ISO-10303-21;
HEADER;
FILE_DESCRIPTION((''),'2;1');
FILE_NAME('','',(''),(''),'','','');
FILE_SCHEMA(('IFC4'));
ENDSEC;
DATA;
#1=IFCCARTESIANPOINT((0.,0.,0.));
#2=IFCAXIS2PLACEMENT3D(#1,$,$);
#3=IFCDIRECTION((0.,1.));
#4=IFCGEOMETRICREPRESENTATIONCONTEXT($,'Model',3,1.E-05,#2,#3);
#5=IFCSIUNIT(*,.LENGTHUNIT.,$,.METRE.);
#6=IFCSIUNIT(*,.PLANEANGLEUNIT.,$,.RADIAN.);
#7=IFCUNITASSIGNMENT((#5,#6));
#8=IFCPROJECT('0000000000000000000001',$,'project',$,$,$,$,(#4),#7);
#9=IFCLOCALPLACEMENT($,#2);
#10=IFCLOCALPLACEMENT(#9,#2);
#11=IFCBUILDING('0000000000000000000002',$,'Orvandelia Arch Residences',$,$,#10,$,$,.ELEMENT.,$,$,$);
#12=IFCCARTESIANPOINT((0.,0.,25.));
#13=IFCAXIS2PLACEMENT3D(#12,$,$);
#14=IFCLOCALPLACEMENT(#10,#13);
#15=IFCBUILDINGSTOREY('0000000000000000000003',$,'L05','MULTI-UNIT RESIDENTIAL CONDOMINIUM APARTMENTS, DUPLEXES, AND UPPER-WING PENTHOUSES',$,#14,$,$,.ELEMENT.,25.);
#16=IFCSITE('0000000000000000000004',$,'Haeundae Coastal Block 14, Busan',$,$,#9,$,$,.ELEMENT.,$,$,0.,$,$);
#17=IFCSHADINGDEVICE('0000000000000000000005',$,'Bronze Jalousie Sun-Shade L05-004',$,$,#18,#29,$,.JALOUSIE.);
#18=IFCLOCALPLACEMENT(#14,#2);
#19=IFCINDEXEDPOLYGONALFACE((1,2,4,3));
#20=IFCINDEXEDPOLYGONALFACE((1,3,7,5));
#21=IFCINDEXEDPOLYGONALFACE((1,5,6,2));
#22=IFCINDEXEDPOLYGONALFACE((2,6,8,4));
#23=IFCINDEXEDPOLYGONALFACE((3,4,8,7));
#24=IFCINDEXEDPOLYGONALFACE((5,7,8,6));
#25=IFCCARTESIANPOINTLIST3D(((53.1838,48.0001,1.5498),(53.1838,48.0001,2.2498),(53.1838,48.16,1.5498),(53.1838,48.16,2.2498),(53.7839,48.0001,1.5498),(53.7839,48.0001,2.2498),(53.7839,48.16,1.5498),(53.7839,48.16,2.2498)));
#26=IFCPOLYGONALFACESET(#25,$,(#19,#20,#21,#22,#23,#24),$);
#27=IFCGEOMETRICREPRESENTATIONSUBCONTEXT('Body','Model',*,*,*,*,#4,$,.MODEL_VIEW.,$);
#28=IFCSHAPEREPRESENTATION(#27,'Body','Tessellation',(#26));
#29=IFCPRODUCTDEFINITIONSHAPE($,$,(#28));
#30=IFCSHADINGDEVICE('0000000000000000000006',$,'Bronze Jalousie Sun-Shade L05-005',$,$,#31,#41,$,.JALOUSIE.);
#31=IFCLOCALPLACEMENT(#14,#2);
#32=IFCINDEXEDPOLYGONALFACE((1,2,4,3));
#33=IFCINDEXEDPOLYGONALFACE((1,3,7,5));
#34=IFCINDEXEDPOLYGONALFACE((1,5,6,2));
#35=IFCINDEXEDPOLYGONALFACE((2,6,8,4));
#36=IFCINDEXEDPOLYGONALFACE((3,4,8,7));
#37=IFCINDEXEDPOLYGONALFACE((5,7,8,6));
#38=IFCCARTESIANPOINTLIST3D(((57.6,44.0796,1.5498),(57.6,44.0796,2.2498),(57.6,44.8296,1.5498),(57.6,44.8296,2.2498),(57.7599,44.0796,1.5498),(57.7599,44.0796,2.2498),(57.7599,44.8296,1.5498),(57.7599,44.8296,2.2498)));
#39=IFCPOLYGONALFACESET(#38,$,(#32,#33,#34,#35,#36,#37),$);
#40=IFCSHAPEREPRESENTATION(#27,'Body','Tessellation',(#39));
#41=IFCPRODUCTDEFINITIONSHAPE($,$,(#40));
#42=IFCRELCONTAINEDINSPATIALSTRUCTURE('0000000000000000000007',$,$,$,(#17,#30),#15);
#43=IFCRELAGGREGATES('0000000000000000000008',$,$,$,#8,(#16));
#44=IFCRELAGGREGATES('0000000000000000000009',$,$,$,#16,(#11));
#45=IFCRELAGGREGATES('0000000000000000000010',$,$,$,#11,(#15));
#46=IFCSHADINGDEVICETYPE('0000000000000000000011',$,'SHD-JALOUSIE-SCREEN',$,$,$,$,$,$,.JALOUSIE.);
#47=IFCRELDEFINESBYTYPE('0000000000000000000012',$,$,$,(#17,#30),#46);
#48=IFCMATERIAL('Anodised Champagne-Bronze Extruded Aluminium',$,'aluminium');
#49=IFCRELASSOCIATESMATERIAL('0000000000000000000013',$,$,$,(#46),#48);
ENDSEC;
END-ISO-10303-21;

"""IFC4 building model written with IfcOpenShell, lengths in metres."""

from ifc_helpers import new_model, si_unit, direction, frame, origin, origin_2d, place, context, subcontext, project, spatial, rectangle, extrude, material, type_object, element, save


model = new_model("IFC4")

# Units and contexts
model_context = context("Model", 3, precision=1e-05, world=origin(), true_north=direction((0.0, 1.0)))
body_context = subcontext(model_context, "Body", "Model", "MODEL_VIEW")
ifc_project = project(units=[si_unit("LENGTHUNIT", "METRE"), si_unit("PLANEANGLEUNIT", "RADIAN")], contexts=[model_context])

# Site, building, storey
site_placement = place(None, origin())
site = spatial("IfcSite", under=ifc_project, at=site_placement, Name="Haeundae Coastal Block 14, Busan", CompositionType="ELEMENT", RefElevation=0.0)
building_placement = place(site_placement, origin())
building = spatial("IfcBuilding", under=site, at=building_placement, Name="Orvandelia Arch Residences", CompositionType="ELEMENT")
storey_placement = place(building_placement, frame((0.0, 0.0, 25.0)))
storey = spatial("IfcBuildingStorey", under=building, at=storey_placement, Name="L05", Description="MULTI-UNIT RESIDENTIAL CONDOMINIUM APARTMENTS, DUPLEXES, AND UPPER-WING PENTHOUSES", CompositionType="ELEMENT", Elevation=25.0)

# Shading devices
ifc_material_1 = material(Name="Anodised Champagne-Bronze Extruded Aluminium", Category="aluminium")
shading_device_type = type_object("IfcShadingDeviceType", Name="SHD-JALOUSIE-SCREEN", PredefinedType="JALOUSIE", material=ifc_material_1)
for number, where, z_axis, x_axis, name in (
    (1, (53.4839, 48.0801, 1.5498), (0.0, 0.0, 1.0), (1.0, 0.0, 0.0), "Bronze Jalousie Sun-Shade L05-004"),
):
    element("IfcShadingDevice", number, at=place(storey_placement, frame(where, z_axis=z_axis, x_axis=x_axis)), inside=storey, type_object=shading_device_type, Name=name, PredefinedType="JALOUSIE", context=body_context, shape_type="SweptSolid", body=[
        extrude(rectangle(XDim=0.6001, YDim=0.1599, at=origin_2d()), origin(), (0.0, 0.0, 1.0), 0.7),
    ])
shading_device_placement = place(storey_placement, frame((57.6799, 44.4546, 1.5498), z_axis=(0.0, 0.0, 1.0), x_axis=(0.0, -1.0, 0.0)))
element("IfcShadingDevice", 2, at=shading_device_placement, inside=storey, type_object=shading_device_type, Name="Bronze Jalousie Sun-Shade L05-005", PredefinedType="JALOUSIE", context=body_context, shape_type="SweptSolid", body=[
    extrude(rectangle(XDim=0.75, YDim=0.1599, at=origin_2d()), origin(), (0.0, 0.0, 1.0), 0.7),
])

save(model, "model.ifc")
